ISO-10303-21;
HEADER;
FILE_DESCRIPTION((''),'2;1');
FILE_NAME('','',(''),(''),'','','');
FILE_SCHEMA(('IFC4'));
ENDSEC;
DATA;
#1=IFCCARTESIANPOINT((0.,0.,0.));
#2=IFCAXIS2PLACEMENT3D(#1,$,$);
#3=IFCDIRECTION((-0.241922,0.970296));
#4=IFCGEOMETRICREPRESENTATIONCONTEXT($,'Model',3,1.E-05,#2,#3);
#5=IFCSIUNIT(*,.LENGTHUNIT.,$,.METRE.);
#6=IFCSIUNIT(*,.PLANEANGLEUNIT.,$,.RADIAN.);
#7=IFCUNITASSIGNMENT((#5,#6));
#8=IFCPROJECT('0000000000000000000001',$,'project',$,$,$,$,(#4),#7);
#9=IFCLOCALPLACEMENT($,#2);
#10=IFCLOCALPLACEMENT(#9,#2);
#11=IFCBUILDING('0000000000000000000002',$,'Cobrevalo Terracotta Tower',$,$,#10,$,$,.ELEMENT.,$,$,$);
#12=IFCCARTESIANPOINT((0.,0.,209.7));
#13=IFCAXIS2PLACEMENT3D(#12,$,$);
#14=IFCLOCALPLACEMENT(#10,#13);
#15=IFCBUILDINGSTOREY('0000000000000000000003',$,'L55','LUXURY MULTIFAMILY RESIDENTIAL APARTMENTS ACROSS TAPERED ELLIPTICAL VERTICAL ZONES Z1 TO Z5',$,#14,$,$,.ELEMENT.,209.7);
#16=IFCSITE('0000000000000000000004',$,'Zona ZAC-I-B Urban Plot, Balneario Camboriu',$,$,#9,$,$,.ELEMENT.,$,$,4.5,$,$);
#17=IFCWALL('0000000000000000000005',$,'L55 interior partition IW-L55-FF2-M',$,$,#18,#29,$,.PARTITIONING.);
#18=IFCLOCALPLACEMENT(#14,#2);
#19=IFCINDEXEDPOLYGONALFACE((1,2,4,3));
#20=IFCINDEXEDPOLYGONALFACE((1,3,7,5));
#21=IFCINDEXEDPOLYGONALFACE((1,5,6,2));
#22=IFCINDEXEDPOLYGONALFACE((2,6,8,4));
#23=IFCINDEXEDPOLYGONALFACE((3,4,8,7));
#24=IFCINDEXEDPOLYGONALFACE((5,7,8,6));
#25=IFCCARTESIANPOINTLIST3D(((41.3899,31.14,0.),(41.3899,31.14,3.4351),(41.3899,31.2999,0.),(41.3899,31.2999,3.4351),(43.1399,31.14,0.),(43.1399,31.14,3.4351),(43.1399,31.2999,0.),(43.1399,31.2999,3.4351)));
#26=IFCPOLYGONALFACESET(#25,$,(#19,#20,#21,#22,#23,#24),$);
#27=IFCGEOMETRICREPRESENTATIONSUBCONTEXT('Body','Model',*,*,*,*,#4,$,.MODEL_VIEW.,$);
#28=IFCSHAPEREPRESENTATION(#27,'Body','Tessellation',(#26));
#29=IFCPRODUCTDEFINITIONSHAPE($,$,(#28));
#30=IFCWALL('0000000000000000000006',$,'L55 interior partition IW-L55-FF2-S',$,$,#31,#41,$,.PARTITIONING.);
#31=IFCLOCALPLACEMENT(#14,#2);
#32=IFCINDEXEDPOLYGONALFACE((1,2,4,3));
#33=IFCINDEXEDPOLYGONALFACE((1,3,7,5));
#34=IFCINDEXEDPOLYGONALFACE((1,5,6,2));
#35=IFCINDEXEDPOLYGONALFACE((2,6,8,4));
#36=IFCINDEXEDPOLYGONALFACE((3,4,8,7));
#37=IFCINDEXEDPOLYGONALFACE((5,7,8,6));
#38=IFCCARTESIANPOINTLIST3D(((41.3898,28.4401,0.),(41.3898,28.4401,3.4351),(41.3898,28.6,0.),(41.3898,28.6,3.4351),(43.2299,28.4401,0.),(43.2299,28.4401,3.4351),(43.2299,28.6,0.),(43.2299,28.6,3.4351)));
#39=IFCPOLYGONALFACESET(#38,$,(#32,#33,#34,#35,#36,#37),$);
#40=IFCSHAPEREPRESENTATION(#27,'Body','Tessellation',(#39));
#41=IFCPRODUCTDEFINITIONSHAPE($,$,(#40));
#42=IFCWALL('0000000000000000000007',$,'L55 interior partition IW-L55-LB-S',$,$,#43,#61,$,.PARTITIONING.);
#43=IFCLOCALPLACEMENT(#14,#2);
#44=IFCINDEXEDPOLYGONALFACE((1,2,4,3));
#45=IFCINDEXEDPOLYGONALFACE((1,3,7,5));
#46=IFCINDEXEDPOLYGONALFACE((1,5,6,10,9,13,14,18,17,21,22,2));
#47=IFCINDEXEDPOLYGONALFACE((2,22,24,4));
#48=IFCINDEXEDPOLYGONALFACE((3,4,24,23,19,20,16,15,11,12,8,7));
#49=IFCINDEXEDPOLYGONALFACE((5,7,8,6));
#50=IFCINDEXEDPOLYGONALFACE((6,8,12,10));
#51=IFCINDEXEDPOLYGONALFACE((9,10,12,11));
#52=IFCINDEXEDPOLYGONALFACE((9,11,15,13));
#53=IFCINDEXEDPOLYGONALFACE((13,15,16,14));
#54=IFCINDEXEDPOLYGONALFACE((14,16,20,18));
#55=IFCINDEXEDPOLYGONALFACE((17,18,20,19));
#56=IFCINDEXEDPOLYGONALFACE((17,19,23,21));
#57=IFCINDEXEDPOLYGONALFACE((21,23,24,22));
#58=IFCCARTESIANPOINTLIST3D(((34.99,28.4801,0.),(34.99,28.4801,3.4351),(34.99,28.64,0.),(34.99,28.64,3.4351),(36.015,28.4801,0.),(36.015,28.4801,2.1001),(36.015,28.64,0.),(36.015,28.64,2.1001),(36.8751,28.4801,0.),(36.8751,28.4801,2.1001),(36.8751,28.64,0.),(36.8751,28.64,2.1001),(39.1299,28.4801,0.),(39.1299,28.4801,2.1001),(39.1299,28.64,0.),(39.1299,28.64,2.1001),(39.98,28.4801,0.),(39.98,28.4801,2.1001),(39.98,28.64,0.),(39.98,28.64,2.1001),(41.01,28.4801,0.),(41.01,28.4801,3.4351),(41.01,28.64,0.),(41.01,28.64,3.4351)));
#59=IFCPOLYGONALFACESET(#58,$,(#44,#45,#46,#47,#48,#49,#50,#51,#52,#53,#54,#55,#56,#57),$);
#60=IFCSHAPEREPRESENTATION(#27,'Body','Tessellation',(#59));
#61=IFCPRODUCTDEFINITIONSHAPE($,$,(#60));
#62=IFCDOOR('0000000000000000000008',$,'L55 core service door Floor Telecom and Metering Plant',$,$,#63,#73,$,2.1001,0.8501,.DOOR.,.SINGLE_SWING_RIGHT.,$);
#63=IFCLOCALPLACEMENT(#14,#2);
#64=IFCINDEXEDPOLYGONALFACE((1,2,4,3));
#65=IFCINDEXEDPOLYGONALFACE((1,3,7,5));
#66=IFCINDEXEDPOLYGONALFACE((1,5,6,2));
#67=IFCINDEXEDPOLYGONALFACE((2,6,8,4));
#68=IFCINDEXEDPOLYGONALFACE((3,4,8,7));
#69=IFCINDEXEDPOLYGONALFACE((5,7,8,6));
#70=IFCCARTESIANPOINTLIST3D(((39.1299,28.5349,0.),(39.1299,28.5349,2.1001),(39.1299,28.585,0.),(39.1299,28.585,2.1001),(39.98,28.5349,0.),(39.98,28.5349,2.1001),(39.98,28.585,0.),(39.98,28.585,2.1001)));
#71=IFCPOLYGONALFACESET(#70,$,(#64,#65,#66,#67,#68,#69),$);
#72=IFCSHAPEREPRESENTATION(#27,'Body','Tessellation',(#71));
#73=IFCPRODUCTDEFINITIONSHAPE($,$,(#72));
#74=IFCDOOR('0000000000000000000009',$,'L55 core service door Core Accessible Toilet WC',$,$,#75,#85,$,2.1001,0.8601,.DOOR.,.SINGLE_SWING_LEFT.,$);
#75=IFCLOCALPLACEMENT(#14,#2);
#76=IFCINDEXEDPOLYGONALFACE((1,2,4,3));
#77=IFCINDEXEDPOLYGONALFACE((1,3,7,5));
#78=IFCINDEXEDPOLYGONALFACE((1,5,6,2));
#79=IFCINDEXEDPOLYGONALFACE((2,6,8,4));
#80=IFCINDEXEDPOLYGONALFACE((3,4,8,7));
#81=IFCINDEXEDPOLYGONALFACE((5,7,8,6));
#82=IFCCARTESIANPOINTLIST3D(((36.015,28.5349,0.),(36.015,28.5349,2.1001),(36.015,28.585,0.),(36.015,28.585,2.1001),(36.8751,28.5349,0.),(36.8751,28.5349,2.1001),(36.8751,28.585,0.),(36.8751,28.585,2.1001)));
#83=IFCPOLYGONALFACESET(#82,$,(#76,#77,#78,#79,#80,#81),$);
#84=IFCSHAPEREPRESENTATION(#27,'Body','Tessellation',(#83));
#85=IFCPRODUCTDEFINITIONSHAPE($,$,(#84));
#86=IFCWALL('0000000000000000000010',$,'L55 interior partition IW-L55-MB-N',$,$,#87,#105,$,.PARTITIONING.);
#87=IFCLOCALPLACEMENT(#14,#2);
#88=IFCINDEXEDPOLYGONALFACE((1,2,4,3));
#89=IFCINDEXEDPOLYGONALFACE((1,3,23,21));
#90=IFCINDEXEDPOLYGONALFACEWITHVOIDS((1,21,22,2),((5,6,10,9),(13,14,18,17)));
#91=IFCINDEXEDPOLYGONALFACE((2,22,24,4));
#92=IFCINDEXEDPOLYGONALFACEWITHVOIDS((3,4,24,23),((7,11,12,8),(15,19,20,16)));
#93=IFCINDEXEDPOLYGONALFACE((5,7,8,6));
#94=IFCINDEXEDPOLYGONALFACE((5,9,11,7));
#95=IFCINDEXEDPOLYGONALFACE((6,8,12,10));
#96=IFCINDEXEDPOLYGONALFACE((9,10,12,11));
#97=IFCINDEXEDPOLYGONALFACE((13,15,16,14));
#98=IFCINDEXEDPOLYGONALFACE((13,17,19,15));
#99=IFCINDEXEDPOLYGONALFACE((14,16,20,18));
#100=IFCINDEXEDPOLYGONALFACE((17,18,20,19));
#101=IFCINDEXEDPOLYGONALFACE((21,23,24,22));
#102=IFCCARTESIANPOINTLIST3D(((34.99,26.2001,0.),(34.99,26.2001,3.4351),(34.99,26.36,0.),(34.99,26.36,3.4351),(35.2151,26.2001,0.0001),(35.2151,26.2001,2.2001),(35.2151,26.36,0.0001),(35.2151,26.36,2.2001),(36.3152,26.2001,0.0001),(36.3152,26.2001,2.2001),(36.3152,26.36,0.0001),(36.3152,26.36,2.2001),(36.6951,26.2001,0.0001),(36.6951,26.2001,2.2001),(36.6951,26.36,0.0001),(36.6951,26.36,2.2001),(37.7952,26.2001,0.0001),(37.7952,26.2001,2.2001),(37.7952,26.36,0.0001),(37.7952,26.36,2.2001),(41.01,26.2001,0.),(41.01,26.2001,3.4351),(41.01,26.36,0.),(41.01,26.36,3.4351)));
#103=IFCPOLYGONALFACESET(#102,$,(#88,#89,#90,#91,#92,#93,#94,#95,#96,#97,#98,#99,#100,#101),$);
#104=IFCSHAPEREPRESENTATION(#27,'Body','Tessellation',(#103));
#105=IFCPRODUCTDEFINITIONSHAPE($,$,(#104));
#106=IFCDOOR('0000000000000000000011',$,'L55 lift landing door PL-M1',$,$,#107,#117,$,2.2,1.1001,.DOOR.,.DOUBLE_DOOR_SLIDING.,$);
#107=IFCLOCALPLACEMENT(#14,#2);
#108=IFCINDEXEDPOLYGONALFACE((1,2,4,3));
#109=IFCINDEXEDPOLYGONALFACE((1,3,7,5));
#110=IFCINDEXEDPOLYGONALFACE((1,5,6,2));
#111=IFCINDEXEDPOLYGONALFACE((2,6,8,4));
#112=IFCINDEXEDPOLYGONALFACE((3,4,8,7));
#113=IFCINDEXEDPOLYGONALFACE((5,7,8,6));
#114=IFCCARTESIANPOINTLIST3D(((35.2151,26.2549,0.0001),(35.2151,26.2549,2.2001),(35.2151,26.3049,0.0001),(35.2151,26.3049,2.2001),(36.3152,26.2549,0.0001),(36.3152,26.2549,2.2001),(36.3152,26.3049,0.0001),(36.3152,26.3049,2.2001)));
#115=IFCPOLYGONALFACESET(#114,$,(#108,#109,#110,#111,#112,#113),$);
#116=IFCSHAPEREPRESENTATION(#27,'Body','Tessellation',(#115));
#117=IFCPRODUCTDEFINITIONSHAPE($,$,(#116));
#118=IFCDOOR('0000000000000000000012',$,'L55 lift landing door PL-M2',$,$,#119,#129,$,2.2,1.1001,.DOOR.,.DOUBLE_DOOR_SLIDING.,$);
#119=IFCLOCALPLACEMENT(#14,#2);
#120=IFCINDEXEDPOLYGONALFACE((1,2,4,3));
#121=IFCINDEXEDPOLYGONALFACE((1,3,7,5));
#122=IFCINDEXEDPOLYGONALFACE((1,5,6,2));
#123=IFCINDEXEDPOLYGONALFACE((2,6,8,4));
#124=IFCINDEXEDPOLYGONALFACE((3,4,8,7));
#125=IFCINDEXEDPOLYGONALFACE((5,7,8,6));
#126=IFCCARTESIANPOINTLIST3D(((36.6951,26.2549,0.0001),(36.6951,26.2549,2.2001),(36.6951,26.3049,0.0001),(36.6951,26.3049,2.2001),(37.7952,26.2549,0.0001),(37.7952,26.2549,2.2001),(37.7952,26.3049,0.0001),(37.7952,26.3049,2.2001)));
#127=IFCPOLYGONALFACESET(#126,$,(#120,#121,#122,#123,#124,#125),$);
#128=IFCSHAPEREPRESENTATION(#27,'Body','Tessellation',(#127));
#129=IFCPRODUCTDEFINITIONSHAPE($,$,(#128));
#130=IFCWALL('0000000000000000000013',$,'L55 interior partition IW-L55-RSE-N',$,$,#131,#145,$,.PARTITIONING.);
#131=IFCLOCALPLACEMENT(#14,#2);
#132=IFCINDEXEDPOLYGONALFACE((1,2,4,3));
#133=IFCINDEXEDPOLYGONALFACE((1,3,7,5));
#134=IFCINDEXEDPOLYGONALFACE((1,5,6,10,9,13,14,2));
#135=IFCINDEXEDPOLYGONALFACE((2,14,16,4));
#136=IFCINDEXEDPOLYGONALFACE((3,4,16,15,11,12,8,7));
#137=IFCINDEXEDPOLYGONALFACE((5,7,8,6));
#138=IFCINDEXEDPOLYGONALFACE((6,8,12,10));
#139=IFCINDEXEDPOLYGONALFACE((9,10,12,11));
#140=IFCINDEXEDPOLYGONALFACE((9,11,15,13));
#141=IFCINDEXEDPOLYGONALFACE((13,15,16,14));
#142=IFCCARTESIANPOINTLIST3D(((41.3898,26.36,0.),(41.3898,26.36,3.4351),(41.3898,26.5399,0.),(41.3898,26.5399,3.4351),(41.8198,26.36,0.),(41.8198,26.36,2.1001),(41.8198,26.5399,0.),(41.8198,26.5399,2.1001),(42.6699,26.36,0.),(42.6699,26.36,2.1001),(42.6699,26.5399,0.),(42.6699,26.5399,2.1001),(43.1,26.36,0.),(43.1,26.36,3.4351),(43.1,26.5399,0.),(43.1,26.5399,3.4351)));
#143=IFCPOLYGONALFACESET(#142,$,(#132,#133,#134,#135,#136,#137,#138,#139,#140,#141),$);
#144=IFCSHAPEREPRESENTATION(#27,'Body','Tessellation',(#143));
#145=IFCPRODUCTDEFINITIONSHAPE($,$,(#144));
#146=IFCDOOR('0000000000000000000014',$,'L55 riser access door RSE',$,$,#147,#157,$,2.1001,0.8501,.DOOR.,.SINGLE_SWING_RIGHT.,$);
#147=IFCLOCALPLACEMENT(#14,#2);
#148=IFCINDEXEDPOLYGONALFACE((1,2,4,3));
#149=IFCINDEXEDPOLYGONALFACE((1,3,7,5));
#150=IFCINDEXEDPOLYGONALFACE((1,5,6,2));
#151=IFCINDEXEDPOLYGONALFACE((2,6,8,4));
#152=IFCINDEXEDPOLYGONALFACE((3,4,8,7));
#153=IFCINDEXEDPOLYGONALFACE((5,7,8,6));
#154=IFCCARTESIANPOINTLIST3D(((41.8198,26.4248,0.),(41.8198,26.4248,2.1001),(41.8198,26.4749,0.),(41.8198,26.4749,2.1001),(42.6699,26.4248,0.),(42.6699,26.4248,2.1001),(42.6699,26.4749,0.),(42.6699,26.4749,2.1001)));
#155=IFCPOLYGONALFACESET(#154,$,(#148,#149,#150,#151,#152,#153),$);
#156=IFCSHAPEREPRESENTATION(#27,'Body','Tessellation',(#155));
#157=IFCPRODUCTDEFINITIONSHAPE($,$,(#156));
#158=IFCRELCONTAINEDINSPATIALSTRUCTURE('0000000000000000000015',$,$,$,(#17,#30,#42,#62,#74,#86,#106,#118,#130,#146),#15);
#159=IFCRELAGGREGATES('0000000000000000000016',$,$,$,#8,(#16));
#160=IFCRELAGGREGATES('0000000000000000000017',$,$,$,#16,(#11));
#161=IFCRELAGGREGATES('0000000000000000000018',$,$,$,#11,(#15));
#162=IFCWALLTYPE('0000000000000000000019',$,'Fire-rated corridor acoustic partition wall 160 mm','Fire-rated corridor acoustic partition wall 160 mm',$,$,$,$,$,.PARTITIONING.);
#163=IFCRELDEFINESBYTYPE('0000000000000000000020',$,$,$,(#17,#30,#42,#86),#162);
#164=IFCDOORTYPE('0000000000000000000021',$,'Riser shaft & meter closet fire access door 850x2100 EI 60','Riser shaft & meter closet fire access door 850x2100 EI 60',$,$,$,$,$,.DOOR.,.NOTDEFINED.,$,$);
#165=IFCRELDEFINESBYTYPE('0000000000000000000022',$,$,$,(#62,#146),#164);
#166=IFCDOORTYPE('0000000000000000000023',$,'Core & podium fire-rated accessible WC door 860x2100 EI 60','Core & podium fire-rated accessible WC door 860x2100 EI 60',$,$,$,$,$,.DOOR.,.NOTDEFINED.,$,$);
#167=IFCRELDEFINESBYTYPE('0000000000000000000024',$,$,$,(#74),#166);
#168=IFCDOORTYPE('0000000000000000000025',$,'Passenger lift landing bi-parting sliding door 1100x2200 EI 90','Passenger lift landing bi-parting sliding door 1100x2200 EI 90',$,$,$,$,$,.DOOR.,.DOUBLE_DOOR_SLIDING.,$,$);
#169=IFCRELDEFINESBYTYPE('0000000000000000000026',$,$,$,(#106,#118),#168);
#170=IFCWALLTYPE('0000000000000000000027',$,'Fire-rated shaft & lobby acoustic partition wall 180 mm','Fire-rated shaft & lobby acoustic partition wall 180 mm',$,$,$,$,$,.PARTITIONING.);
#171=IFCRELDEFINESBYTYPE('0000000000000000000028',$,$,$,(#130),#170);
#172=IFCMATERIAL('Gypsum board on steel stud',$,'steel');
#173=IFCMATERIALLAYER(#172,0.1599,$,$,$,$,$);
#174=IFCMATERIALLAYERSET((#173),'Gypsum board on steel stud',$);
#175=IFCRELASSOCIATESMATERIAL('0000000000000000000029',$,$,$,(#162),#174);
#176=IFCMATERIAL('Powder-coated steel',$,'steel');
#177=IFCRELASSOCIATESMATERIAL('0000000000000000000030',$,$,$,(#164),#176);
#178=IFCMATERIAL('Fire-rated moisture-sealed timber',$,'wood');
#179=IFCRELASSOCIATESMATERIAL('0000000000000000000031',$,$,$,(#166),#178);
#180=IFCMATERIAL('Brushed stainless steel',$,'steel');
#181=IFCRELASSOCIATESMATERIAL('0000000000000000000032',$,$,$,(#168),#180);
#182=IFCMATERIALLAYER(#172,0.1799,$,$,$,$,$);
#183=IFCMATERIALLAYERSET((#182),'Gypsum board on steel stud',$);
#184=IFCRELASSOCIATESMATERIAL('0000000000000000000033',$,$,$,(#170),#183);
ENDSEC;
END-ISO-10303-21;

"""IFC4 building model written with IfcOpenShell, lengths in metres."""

from ifc_helpers import new_model, si_unit, direction, frame, frame_2d, origin, place, context, subcontext, project, spatial, rectangle, extrude, source, transform, mapped, material, layer, layer_set, type_object, element, fill, save


model = new_model("IFC4")

# Units and contexts
model_context = context("Model", 3, precision=1e-05, world=origin(), true_north=direction((-0.241922, 0.970296)))
body_context = subcontext(model_context, "Body", "Model", "MODEL_VIEW")
ifc_project = project(units=[si_unit("LENGTHUNIT", "METRE"), si_unit("PLANEANGLEUNIT", "RADIAN")], contexts=[model_context])

# Site, building, storey
site_placement = place(None, origin())
site = spatial("IfcSite", under=ifc_project, at=site_placement, Name="Zona ZAC-I-B Urban Plot, Balneario Camboriu", CompositionType="ELEMENT", RefElevation=4.5)
building_placement = place(site_placement, origin())
building = spatial("IfcBuilding", under=site, at=building_placement, Name="Cobrevalo Terracotta Tower", CompositionType="ELEMENT")
storey_placement = place(building_placement, frame((0.0, 0.0, 209.7)))
storey = spatial("IfcBuildingStorey", under=building, at=storey_placement, Name="L55", Description="LUXURY MULTIFAMILY RESIDENTIAL APARTMENTS ACROSS TAPERED ELLIPTICAL VERTICAL ZONES Z1 TO Z5", CompositionType="ELEMENT", Elevation=209.7)

# Walls
ifc_material_1 = material(Name="Gypsum board on steel stud", Category="steel")
ifc_layer_1 = layer(ifc_material_1, 0.1599)
ifc_layer_set_1 = layer_set([ifc_layer_1], Name="Gypsum board on steel stud")
wall_type_1 = type_object("IfcWallType", Name="Fire-rated corridor acoustic partition wall 160 mm", Description="Fire-rated corridor acoustic partition wall 160 mm", PredefinedType="PARTITIONING", material=ifc_layer_set_1)
wall_1_placement = place(storey_placement, frame((41.3899, 31.22, 0.0), z_axis=(0.0, 0.0, 1.0), x_axis=(1.0, 0.0, 0.0)))
element("IfcWall", 1, at=wall_1_placement, inside=storey, type_object=wall_type_1, Name="L55 interior partition IW-L55-FF2-M", PredefinedType="PARTITIONING", context=body_context, shape_type="SweptSolid", body=[
    extrude(rectangle(XDim=1.75, YDim=0.1599, at=frame_2d((0.875, 0.0))), origin(), (0.0, 0.0, 1.0), 3.4351),
])
wall_2_placement = place(storey_placement, frame((41.3899, 28.52, 0.0), z_axis=(0.0, 0.0, 1.0), x_axis=(1.0, 0.0, 0.0)))
element("IfcWall", 2, at=wall_2_placement, inside=storey, type_object=wall_type_1, Name="L55 interior partition IW-L55-FF2-S", PredefinedType="PARTITIONING", context=body_context, shape_type="SweptSolid", body=[
    extrude(rectangle(XDim=1.8401, YDim=0.1599, at=frame_2d((0.9199, 0.0))), origin(), (0.0, 0.0, 1.0), 3.4351),
])

# Walls, openings, doors
wall_3_placement = place(storey_placement, frame((34.99, 28.5601, 0.0), z_axis=(0.0, 0.0, 1.0), x_axis=(1.0, 0.0, 0.0)))
wall_3 = element("IfcWall", 3, at=wall_3_placement, inside=storey, type_object=wall_type_1, Name="L55 interior partition IW-L55-LB-S", PredefinedType="PARTITIONING", context=body_context, shape_type="SweptSolid", body=[
    extrude(rectangle(XDim=6.02, YDim=0.1599, at=frame_2d((3.01, 0.0))), origin(), (0.0, 0.0, 1.0), 3.4351),
])
opening_1_placement = place(wall_3_placement, frame((1.0249, 0.0, 0.0)))
opening_1 = element("IfcOpeningElement", 4, at=opening_1_placement, cuts=wall_3, PredefinedType="OPENING", context=body_context, shape_type="SweptSolid", body=[
    extrude(rectangle(XDim=0.8601, YDim=2.1001, at=frame_2d((0.4302, 1.05))), frame((0.0, 0.0898, 0.0), z_axis=(0.0, -1.0, 0.0), x_axis=(1.0, 0.0, 0.0)), (0.0, 0.0, 1.0), 0.1799),
])
opening_2_placement = place(wall_3_placement, frame((4.1399, 0.0, 0.0)))
opening_2 = element("IfcOpeningElement", 5, at=opening_2_placement, cuts=wall_3, PredefinedType="OPENING", context=body_context, shape_type="SweptSolid", body=[
    extrude(rectangle(XDim=0.8501, YDim=2.1001, at=frame_2d((0.425, 1.05))), frame((0.0, 0.0898, 0.0), z_axis=(0.0, -1.0, 0.0), x_axis=(1.0, 0.0, 0.0)), (0.0, 0.0, 1.0), 0.1799),
])
ifc_material_2 = material(Name="Powder-coated steel", Category="steel")
door_type_1 = type_object("IfcDoorType", Name="Riser shaft & meter closet fire access door 850x2100 EI 60", Description="Riser shaft & meter closet fire access door 850x2100 EI 60", OperationType="NOTDEFINED", PredefinedType="DOOR", material=ifc_material_2)
shared_shape_1 = source(origin(), body_context, "Body", "SweptSolid", [
    extrude(rectangle(XDim=0.8501, YDim=2.1001, at=frame_2d((0.425, 1.05))), frame((0.0, 0.0249, 0.0), z_axis=(0.0, -1.0, 0.0), x_axis=(1.0, 0.0, 0.0)), (0.0, 0.0, 1.0), 0.05),
])
door_1_placement = place(opening_2_placement, origin())
door_1 = element("IfcDoor", 6, at=door_1_placement, inside=storey, type_object=door_type_1, Name="L55 core service door Floor Telecom and Metering Plant", OperationType="SINGLE_SWING_RIGHT", OverallHeight=2.1001, OverallWidth=0.8501, PredefinedType="DOOR", context=body_context, shape_type="MappedRepresentation", body=[
    mapped(shared_shape_1, transform((0.0, 0.0, 0.0), scale=1.0)),
])
fill(opening_2, door_1)
ifc_material_3 = material(Name="Fire-rated moisture-sealed timber", Category="wood")
door_type_2 = type_object("IfcDoorType", Name="Core & podium fire-rated accessible WC door 860x2100 EI 60", Description="Core & podium fire-rated accessible WC door 860x2100 EI 60", OperationType="NOTDEFINED", PredefinedType="DOOR", material=ifc_material_3)
shared_shape_2 = source(origin(), body_context, "Body", "SweptSolid", [
    extrude(rectangle(XDim=0.8601, YDim=2.1001, at=frame_2d((0.4302, 1.05))), frame((0.0, 0.0249, 0.0), z_axis=(0.0, -1.0, 0.0), x_axis=(1.0, 0.0, 0.0)), (0.0, 0.0, 1.0), 0.05),
])
door_2_placement = place(opening_1_placement, origin())
door_2 = element("IfcDoor", 7, at=door_2_placement, inside=storey, type_object=door_type_2, Name="L55 core service door Core Accessible Toilet WC", OperationType="SINGLE_SWING_LEFT", OverallHeight=2.1001, OverallWidth=0.8601, PredefinedType="DOOR", context=body_context, shape_type="MappedRepresentation", body=[
    mapped(shared_shape_2, transform((0.0, 0.0, 0.0), scale=1.0)),
])
fill(opening_1, door_2)
wall_4_placement = place(storey_placement, frame((34.99, 26.28, 0.0), z_axis=(0.0, 0.0, 1.0), x_axis=(1.0, 0.0, 0.0)))
wall_4 = element("IfcWall", 8, at=wall_4_placement, inside=storey, type_object=wall_type_1, Name="L55 interior partition IW-L55-MB-N", PredefinedType="PARTITIONING", context=body_context, shape_type="SweptSolid", body=[
    extrude(rectangle(XDim=6.02, YDim=0.1599, at=frame_2d((3.01, 0.0))), origin(), (0.0, 0.0, 1.0), 3.4351),
])
opening_3_placement = place(wall_4_placement, frame((0.2251, 0.0, 0.0)))
opening_3 = element("IfcOpeningElement", 9, at=opening_3_placement, cuts=wall_4, PredefinedType="OPENING", context=body_context, shape_type="SweptSolid", body=[
    extrude(rectangle(XDim=1.1001, YDim=2.2, at=frame_2d((0.55, 1.1001))), frame((0.0, 0.0898, 0.0), z_axis=(0.0, -1.0, 0.0), x_axis=(1.0, 0.0, 0.0)), (0.0, 0.0, 1.0), 0.1799),
])
opening_4_placement = place(wall_4_placement, frame((1.7051, 0.0, 0.0)))
opening_4 = element("IfcOpeningElement", 10, at=opening_4_placement, cuts=wall_4, PredefinedType="OPENING", context=body_context, shape_type="SweptSolid", body=[
    extrude(rectangle(XDim=1.1001, YDim=2.2, at=frame_2d((0.55, 1.1001))), frame((0.0, 0.0898, 0.0), z_axis=(0.0, -1.0, 0.0), x_axis=(1.0, 0.0, 0.0)), (0.0, 0.0, 1.0), 0.1799),
])
ifc_material_4 = material(Name="Brushed stainless steel", Category="steel")
door_type_3 = type_object("IfcDoorType", Name="Passenger lift landing bi-parting sliding door 1100x2200 EI 90", Description="Passenger lift landing bi-parting sliding door 1100x2200 EI 90", OperationType="DOUBLE_DOOR_SLIDING", PredefinedType="DOOR", material=ifc_material_4)
shared_shape_3 = source(origin(), body_context, "Body", "SweptSolid", [
    extrude(rectangle(XDim=1.1001, YDim=2.2, at=frame_2d((0.55, 1.1001))), frame((0.0, 0.0249, 0.0), z_axis=(0.0, -1.0, 0.0), x_axis=(1.0, 0.0, 0.0)), (0.0, 0.0, 1.0), 0.05),
])
door_3_placement = place(opening_3_placement, origin())
door_3 = element("IfcDoor", 11, at=door_3_placement, inside=storey, type_object=door_type_3, Name="L55 lift landing door PL-M1", OperationType="DOUBLE_DOOR_SLIDING", OverallHeight=2.2, OverallWidth=1.1001, PredefinedType="DOOR", context=body_context, shape_type="MappedRepresentation", body=[
    mapped(shared_shape_3, transform((0.0, 0.0, 0.0), scale=1.0)),
])
fill(opening_3, door_3)
door_4_placement = place(opening_4_placement, origin())
door_4 = element("IfcDoor", 12, at=door_4_placement, inside=storey, type_object=door_type_3, Name="L55 lift landing door PL-M2", OperationType="DOUBLE_DOOR_SLIDING", OverallHeight=2.2, OverallWidth=1.1001, PredefinedType="DOOR", context=body_context, shape_type="MappedRepresentation", body=[
    mapped(shared_shape_3, transform((0.0, 0.0, 0.0), scale=1.0)),
])
fill(opening_4, door_4)

# Wall, opening, door
ifc_layer_2 = layer(ifc_material_1, 0.1799)
ifc_layer_set_2 = layer_set([ifc_layer_2], Name="Gypsum board on steel stud")
wall_type_2 = type_object("IfcWallType", Name="Fire-rated shaft & lobby acoustic partition wall 180 mm", Description="Fire-rated shaft & lobby acoustic partition wall 180 mm", PredefinedType="PARTITIONING", material=ifc_layer_set_2)
wall_5_placement = place(storey_placement, frame((41.3899, 26.45, 0.0), z_axis=(0.0, 0.0, 1.0), x_axis=(1.0, 0.0, 0.0)))
wall_5 = element("IfcWall", 13, at=wall_5_placement, inside=storey, type_object=wall_type_2, Name="L55 interior partition IW-L55-RSE-N", PredefinedType="PARTITIONING", context=body_context, shape_type="SweptSolid", body=[
    extrude(rectangle(XDim=1.7102, YDim=0.1799, at=frame_2d((0.855, 0.0))), origin(), (0.0, 0.0, 1.0), 3.4351),
])
opening_5_placement = place(wall_5_placement, frame((0.4299, 0.0, 0.0)))
opening_5 = element("IfcOpeningElement", 14, at=opening_5_placement, cuts=wall_5, PredefinedType="OPENING", context=body_context, shape_type="SweptSolid", body=[
    extrude(rectangle(XDim=0.8501, YDim=2.1001, at=frame_2d((0.425, 1.05))), frame((0.0, 0.1001, 0.0), z_axis=(0.0, -1.0, 0.0), x_axis=(1.0, 0.0, 0.0)), (0.0, 0.0, 1.0), 0.2),
])
door_5_placement = place(opening_5_placement, origin())
door_5 = element("IfcDoor", 15, at=door_5_placement, inside=storey, type_object=door_type_1, Name="L55 riser access door RSE", OperationType="SINGLE_SWING_RIGHT", OverallHeight=2.1001, OverallWidth=0.8501, PredefinedType="DOOR", context=body_context, shape_type="MappedRepresentation", body=[
    mapped(shared_shape_1, transform((0.0, 0.0, 0.0), scale=1.0)),
])
fill(opening_5, door_5)

save(model, "model.ifc")
